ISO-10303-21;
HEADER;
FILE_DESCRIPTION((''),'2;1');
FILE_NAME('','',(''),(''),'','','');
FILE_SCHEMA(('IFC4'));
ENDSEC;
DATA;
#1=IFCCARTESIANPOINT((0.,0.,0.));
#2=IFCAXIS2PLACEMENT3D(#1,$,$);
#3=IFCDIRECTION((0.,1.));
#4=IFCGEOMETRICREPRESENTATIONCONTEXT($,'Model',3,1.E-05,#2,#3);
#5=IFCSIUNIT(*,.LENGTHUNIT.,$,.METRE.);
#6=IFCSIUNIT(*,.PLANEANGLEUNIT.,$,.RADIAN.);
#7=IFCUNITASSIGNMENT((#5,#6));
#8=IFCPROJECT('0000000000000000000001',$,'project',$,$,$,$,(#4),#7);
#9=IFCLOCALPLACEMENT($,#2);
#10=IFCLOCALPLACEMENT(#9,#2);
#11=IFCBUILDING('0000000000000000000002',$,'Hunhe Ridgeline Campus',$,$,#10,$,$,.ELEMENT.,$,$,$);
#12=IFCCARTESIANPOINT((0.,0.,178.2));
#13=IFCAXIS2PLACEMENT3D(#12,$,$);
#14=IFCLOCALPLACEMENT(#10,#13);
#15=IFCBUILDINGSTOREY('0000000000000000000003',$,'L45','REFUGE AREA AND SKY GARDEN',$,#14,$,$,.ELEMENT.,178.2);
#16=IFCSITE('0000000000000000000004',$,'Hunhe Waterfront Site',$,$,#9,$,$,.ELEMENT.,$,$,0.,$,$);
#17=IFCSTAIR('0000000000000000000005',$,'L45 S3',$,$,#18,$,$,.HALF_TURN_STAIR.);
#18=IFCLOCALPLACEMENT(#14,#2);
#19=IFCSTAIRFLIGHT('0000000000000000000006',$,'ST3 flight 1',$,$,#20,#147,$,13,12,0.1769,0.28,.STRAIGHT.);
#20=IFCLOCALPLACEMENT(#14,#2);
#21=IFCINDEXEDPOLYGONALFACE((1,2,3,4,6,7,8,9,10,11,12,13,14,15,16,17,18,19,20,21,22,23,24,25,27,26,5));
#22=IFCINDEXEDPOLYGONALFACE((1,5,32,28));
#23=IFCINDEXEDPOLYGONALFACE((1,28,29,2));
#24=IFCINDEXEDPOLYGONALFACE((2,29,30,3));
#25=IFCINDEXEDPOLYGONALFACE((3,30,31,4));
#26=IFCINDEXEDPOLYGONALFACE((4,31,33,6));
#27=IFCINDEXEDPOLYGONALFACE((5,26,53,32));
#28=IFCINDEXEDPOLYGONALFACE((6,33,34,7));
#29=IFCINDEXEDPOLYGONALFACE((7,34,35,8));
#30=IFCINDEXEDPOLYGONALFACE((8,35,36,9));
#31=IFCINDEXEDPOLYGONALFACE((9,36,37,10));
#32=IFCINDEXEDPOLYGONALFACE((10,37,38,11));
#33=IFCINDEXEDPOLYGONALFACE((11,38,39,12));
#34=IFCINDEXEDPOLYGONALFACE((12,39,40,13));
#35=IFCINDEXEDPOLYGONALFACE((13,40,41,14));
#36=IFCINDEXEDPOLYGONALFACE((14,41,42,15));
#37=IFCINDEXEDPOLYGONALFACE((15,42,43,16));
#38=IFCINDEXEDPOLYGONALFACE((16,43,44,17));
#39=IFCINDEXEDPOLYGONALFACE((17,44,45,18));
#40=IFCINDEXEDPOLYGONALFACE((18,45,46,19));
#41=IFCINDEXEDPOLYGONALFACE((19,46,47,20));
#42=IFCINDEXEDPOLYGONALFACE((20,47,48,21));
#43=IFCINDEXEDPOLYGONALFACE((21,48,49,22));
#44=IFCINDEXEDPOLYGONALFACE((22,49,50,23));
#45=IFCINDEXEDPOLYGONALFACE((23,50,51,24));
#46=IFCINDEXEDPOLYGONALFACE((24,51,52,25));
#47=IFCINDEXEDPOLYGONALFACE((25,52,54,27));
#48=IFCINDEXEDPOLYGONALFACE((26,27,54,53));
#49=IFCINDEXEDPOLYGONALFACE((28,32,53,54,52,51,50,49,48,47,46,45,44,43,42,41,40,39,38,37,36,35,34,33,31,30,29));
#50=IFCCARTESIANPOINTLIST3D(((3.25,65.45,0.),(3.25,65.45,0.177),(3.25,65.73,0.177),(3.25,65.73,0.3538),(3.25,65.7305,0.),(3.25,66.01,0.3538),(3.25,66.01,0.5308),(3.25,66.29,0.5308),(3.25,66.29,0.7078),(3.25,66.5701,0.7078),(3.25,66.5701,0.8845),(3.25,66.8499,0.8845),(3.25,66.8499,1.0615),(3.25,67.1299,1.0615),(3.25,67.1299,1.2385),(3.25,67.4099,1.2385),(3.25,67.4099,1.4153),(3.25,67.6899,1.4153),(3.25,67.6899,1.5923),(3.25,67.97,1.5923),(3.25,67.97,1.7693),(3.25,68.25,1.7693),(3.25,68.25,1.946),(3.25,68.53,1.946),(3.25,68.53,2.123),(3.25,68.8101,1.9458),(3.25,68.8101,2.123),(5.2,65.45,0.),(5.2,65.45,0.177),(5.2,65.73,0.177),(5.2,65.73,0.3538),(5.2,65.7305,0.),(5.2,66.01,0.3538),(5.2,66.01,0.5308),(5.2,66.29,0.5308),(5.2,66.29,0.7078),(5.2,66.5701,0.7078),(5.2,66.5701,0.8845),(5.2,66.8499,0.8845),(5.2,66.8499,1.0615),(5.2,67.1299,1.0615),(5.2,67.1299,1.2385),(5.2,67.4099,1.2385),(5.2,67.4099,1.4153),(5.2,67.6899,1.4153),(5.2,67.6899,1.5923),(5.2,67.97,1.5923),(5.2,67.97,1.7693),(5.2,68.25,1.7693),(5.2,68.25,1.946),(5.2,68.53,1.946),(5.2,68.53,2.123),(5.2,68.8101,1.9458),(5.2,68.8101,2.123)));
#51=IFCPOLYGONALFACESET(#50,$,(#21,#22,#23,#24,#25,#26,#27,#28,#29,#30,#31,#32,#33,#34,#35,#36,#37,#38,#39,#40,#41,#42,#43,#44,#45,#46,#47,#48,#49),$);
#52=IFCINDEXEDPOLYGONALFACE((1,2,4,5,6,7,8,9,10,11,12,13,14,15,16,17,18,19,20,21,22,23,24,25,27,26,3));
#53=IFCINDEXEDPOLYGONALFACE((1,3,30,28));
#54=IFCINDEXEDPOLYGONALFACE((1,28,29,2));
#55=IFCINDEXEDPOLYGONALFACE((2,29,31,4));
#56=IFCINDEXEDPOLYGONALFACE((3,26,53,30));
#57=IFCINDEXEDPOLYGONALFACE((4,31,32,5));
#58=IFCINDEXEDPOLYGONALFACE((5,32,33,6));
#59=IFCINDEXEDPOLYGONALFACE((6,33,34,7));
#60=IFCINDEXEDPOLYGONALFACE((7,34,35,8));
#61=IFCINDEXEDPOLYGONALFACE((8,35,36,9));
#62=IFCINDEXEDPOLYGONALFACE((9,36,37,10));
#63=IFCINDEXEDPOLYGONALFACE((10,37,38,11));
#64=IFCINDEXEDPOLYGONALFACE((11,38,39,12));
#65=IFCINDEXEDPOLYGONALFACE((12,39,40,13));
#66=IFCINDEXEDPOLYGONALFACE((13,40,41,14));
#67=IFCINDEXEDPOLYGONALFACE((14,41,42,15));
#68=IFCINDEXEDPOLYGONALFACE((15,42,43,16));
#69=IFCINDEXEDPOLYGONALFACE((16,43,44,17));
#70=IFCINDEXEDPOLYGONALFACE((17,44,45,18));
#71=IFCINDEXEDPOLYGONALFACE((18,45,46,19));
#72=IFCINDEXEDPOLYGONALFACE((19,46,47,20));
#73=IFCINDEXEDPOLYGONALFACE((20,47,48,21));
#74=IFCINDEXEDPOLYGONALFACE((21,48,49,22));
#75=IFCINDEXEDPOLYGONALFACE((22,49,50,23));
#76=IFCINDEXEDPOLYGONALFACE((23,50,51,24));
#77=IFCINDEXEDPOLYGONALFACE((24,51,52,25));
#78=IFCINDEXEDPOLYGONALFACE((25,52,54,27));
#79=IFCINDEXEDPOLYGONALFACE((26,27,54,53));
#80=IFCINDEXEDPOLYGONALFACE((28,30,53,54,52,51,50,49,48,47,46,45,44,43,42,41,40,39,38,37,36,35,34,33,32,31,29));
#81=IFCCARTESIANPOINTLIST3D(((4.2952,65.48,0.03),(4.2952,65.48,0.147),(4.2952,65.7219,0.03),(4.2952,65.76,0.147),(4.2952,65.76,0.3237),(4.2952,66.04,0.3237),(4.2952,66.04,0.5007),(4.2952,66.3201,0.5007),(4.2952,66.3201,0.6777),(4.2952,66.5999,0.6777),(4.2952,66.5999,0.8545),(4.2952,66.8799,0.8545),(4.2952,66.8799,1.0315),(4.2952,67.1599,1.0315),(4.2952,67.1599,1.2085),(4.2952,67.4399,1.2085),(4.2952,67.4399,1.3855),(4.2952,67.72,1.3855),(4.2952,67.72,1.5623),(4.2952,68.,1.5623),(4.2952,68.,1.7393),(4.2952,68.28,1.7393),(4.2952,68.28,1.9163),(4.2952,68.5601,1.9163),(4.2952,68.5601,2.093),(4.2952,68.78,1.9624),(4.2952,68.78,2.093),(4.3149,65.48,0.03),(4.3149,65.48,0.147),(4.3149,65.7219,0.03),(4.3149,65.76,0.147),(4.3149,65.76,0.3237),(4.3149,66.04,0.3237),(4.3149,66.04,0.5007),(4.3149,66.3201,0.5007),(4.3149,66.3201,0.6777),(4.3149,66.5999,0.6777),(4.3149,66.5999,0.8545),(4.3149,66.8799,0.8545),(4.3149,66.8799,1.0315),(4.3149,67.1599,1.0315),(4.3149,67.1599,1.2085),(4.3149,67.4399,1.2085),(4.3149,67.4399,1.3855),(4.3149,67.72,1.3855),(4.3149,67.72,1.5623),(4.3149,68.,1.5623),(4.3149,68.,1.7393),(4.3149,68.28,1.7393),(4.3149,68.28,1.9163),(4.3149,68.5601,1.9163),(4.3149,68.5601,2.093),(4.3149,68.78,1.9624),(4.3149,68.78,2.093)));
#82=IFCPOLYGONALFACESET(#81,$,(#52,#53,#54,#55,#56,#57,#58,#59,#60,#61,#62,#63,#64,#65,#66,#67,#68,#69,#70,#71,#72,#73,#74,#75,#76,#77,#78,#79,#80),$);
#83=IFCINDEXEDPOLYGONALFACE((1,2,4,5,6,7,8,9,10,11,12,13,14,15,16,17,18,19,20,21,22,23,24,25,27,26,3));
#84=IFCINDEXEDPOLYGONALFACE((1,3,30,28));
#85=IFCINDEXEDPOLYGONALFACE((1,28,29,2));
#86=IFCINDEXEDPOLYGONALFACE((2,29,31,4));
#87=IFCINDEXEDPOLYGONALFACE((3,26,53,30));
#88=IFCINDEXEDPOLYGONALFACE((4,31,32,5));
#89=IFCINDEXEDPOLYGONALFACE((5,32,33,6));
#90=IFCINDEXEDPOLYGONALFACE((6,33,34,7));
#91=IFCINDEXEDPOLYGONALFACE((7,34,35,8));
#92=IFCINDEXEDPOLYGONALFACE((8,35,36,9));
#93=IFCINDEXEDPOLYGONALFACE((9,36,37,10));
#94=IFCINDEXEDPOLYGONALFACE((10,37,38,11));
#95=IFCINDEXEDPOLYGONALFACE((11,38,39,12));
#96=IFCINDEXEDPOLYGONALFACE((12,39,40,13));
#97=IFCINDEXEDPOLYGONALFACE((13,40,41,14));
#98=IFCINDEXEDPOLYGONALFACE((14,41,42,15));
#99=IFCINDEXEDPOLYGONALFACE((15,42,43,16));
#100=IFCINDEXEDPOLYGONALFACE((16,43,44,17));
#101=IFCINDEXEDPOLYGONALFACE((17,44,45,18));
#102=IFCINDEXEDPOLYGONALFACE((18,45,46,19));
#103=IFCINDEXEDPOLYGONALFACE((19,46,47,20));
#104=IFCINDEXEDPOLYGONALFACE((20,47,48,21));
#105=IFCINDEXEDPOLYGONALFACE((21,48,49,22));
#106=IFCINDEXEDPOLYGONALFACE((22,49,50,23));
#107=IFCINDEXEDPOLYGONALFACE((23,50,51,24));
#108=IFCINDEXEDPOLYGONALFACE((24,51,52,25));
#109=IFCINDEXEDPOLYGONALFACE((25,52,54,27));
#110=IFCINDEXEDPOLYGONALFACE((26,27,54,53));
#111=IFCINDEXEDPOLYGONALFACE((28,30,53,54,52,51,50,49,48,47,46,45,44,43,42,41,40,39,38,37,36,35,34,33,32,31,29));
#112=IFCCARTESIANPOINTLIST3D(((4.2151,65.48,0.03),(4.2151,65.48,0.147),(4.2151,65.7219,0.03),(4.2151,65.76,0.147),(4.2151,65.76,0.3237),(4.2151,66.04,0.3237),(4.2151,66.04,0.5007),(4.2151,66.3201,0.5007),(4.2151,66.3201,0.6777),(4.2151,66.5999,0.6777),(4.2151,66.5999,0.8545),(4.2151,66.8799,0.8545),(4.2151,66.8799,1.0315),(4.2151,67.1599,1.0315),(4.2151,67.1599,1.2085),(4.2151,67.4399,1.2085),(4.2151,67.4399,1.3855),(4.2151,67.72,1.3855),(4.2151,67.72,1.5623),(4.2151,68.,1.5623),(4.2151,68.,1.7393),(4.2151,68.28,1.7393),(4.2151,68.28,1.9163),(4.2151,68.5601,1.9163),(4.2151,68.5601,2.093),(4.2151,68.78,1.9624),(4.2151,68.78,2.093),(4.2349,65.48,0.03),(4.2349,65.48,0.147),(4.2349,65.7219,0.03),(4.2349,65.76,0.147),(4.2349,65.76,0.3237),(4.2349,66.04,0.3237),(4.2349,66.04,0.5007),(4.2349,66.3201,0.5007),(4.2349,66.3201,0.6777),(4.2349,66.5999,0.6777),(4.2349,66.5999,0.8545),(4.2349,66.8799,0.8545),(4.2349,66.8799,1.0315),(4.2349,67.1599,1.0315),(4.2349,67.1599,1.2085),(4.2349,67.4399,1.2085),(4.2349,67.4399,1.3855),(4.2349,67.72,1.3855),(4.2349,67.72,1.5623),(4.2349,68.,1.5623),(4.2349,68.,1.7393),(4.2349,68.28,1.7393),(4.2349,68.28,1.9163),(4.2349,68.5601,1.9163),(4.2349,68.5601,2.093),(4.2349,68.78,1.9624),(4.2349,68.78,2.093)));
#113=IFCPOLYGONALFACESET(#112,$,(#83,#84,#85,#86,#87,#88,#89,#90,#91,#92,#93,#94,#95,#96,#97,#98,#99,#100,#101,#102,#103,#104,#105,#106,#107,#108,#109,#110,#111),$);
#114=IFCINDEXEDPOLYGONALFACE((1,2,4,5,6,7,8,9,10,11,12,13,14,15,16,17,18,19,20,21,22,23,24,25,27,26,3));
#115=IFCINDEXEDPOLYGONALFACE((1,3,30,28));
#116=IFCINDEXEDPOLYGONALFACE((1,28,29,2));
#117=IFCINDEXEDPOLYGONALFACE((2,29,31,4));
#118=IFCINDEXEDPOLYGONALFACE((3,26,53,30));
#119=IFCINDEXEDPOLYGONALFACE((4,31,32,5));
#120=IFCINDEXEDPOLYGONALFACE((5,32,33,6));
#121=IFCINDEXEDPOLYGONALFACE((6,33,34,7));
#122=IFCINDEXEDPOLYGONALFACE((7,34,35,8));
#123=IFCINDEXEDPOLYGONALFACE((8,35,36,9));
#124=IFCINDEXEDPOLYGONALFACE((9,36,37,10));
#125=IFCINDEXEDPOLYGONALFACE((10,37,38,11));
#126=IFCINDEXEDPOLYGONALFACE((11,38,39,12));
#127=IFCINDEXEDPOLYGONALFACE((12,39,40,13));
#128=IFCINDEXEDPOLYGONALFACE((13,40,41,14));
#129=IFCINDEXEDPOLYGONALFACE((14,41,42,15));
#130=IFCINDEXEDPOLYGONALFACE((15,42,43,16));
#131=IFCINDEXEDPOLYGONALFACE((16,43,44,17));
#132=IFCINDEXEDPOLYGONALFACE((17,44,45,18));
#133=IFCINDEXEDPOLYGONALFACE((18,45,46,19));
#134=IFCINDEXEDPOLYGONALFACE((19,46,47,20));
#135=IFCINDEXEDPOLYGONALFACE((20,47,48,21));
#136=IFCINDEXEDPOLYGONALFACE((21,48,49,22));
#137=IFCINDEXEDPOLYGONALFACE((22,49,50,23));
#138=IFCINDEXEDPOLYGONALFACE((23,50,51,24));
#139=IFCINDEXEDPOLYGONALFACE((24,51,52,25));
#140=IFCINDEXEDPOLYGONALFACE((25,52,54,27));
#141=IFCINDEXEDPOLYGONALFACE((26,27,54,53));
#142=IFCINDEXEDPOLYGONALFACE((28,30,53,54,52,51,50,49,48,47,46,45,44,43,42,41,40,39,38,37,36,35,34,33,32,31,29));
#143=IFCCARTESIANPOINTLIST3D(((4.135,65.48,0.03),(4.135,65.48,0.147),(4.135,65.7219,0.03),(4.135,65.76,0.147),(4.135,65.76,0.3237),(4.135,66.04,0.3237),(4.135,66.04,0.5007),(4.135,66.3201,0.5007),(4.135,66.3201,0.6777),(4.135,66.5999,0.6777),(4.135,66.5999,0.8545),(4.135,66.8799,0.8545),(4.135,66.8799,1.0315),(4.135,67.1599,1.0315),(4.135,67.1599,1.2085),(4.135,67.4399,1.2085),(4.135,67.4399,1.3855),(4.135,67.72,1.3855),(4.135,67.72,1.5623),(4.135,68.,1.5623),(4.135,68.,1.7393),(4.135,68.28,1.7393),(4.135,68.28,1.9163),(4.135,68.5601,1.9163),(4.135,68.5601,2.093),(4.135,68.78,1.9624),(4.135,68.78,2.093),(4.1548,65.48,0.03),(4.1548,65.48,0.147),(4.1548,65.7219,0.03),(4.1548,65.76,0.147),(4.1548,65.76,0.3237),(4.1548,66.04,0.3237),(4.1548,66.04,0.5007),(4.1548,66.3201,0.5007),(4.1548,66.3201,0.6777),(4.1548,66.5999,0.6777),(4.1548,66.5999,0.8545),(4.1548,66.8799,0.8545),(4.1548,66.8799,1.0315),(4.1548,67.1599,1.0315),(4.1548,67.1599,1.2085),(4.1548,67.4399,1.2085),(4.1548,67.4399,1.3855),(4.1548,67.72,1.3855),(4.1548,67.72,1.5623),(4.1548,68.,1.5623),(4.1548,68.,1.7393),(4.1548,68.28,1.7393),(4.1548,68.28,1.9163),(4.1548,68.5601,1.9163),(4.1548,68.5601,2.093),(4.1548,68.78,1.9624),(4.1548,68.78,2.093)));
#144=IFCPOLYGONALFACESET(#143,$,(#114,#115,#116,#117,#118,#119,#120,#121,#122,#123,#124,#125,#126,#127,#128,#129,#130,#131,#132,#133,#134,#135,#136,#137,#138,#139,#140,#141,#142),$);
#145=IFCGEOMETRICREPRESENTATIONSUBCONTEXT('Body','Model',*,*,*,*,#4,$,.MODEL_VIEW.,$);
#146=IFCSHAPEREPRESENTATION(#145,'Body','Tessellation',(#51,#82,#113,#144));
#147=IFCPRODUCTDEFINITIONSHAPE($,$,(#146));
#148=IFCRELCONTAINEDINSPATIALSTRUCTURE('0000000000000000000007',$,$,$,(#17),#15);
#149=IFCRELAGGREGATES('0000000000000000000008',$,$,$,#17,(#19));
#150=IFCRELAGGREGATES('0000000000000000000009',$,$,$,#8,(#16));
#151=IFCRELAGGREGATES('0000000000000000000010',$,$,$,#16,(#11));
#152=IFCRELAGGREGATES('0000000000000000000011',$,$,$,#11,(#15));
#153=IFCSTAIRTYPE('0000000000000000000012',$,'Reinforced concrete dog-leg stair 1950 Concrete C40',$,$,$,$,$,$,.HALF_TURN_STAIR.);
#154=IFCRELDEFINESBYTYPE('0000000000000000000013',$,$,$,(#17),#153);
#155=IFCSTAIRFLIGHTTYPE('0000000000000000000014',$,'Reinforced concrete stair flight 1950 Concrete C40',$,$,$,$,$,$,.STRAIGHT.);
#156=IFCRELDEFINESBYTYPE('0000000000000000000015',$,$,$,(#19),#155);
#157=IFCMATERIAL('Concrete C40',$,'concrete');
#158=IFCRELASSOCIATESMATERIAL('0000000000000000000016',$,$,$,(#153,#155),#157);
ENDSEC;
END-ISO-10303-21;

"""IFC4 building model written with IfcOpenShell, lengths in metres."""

from ifc_helpers import new_model, si_unit, direction, frame, origin, place, context, subcontext, project, spatial, polyline, outline, extrude, material, type_object, element, aggregate, save


model = new_model("IFC4")

# Units and contexts
model_context = context("Model", 3, precision=1e-05, world=origin(), true_north=direction((0.0, 1.0)))
body_context = subcontext(model_context, "Body", "Model", "MODEL_VIEW")
ifc_project = project(units=[si_unit("LENGTHUNIT", "METRE"), si_unit("PLANEANGLEUNIT", "RADIAN")], contexts=[model_context])

# Site, building, storey
site_placement = place(None, origin())
site = spatial("IfcSite", under=ifc_project, at=site_placement, Name="Hunhe Waterfront Site", CompositionType="ELEMENT", RefElevation=0.0)
building_placement = place(site_placement, origin())
building = spatial("IfcBuilding", under=site, at=building_placement, Name="Hunhe Ridgeline Campus", CompositionType="ELEMENT")
storey_placement = place(building_placement, frame((0.0, 0.0, 178.2)))
storey = spatial("IfcBuildingStorey", under=building, at=storey_placement, Name="L45", Description="REFUGE AREA AND SKY GARDEN", CompositionType="ELEMENT", Elevation=178.2)

# Stair, stair flight
ifc_material_1 = material(Name="Concrete C40", Category="concrete")
stair_type = type_object("IfcStairType", Name="Reinforced concrete dog-leg stair 1950 Concrete C40", PredefinedType="HALF_TURN_STAIR", material=ifc_material_1)
stair_1_placement = place(storey_placement, origin())
stair_1 = element("IfcStair", 1, at=stair_1_placement, inside=storey, type_object=stair_type, Name="L45 S3", PredefinedType="HALF_TURN_STAIR")
stair_flight_type = type_object("IfcStairFlightType", Name="Reinforced concrete stair flight 1950 Concrete C40", PredefinedType="STRAIGHT", material=ifc_material_1)
stair_flight_1_placement = place(storey_placement, frame((4.2251, 65.45, 0.0), z_axis=(0.0, 0.0, 1.0), x_axis=(0.0, 1.0, 0.0)))
stair_flight_1 = element("IfcStairFlight", 2, at=stair_flight_1_placement, type_object=stair_flight_type, Name="ST3 flight 1", NumberOfRisers=13, NumberOfTreads=12, PredefinedType="STRAIGHT", RiserHeight=0.1769, TreadLength=0.28, context=body_context, shape_type="SweptSolid", body=[
    extrude(outline(polyline([(0.0, 0.0), (0.0, 0.177), (0.28, 0.177), (0.28, 0.3538), (0.5601, 0.3538), (0.5601, 0.5308), (0.8401, 0.5308), (0.8401, 0.7078), (1.1201, 0.7078), (1.1201, 0.8845), (1.3999, 0.8845), (1.3999, 1.0615), (1.6799, 1.0615), (1.6799, 1.2385), (1.96, 1.2385), (1.96, 1.4153), (2.24, 1.4153), (2.24, 1.5923), (2.52, 1.5923), (2.52, 1.7693), (2.8, 1.7693), (2.8, 1.946), (3.0801, 1.946), (3.0801, 2.123), (3.3601, 2.123), (3.3601, 2.3), (3.3601, 1.9458), (0.2805, 0.0), (0.0, 0.0)])), frame((0.0, 0.9751, 0.0), z_axis=(0.0, -1.0, 0.0), x_axis=(1.0, 0.0, 0.0)), (0.0, 0.0, 1.0), 1.95),
    extrude(outline(polyline([(0.03, 0.03), (0.03, 0.147), (0.3101, 0.147), (0.3101, 0.3237), (0.5901, 0.3237), (0.5901, 0.5007), (0.8701, 0.5007), (0.8701, 0.6777), (1.1499, 0.6777), (1.1499, 0.8545), (1.4299, 0.8545), (1.4299, 1.0315), (1.71, 1.0315), (1.71, 1.2085), (1.99, 1.2085), (1.99, 1.3855), (2.27, 1.3855), (2.27, 1.5623), (2.55, 1.5623), (2.55, 1.7393), (2.8301, 1.7393), (2.8301, 1.9163), (3.1101, 1.9163), (3.1101, 2.093), (3.3301, 2.093), (3.3301, 1.9624), (0.272, 0.03), (0.03, 0.03)])), frame((0.0, -0.0701, 0.0), z_axis=(0.0, -1.0, 0.0), x_axis=(1.0, 0.0, 0.0)), (0.0, 0.0, 1.0), 0.0198),
    extrude(outline(polyline([(0.03, 0.03), (0.03, 0.147), (0.3101, 0.147), (0.3101, 0.3237), (0.5901, 0.3237), (0.5901, 0.5007), (0.8701, 0.5007), (0.8701, 0.6777), (1.1499, 0.6777), (1.1499, 0.8545), (1.4299, 0.8545), (1.4299, 1.0315), (1.71, 1.0315), (1.71, 1.2085), (1.99, 1.2085), (1.99, 1.3855), (2.27, 1.3855), (2.27, 1.5623), (2.55, 1.5623), (2.55, 1.7393), (2.8301, 1.7393), (2.8301, 1.9163), (3.1101, 1.9163), (3.1101, 2.093), (3.3301, 2.093), (3.3301, 1.9624), (0.272, 0.03), (0.03, 0.03)])), frame((0.0, 0.01, 0.0), z_axis=(0.0, -1.0, 0.0), x_axis=(1.0, 0.0, 0.0)), (0.0, 0.0, 1.0), 0.0198),
    extrude(outline(polyline([(0.03, 0.03), (0.03, 0.147), (0.3101, 0.147), (0.3101, 0.3237), (0.5901, 0.3237), (0.5901, 0.5007), (0.8701, 0.5007), (0.8701, 0.6777), (1.1499, 0.6777), (1.1499, 0.8545), (1.4299, 0.8545), (1.4299, 1.0315), (1.71, 1.0315), (1.71, 1.2085), (1.99, 1.2085), (1.99, 1.3855), (2.27, 1.3855), (2.27, 1.5623), (2.55, 1.5623), (2.55, 1.7393), (2.8301, 1.7393), (2.8301, 1.9163), (3.1101, 1.9163), (3.1101, 2.093), (3.3301, 2.093), (3.3301, 1.9624), (0.272, 0.03), (0.03, 0.03)])), frame((0.0, 0.0901, 0.0), z_axis=(0.0, -1.0, 0.0), x_axis=(1.0, 0.0, 0.0)), (0.0, 0.0, 1.0), 0.0198),
])
aggregate(stair_1, [stair_flight_1])

save(model, "model.ifc")
